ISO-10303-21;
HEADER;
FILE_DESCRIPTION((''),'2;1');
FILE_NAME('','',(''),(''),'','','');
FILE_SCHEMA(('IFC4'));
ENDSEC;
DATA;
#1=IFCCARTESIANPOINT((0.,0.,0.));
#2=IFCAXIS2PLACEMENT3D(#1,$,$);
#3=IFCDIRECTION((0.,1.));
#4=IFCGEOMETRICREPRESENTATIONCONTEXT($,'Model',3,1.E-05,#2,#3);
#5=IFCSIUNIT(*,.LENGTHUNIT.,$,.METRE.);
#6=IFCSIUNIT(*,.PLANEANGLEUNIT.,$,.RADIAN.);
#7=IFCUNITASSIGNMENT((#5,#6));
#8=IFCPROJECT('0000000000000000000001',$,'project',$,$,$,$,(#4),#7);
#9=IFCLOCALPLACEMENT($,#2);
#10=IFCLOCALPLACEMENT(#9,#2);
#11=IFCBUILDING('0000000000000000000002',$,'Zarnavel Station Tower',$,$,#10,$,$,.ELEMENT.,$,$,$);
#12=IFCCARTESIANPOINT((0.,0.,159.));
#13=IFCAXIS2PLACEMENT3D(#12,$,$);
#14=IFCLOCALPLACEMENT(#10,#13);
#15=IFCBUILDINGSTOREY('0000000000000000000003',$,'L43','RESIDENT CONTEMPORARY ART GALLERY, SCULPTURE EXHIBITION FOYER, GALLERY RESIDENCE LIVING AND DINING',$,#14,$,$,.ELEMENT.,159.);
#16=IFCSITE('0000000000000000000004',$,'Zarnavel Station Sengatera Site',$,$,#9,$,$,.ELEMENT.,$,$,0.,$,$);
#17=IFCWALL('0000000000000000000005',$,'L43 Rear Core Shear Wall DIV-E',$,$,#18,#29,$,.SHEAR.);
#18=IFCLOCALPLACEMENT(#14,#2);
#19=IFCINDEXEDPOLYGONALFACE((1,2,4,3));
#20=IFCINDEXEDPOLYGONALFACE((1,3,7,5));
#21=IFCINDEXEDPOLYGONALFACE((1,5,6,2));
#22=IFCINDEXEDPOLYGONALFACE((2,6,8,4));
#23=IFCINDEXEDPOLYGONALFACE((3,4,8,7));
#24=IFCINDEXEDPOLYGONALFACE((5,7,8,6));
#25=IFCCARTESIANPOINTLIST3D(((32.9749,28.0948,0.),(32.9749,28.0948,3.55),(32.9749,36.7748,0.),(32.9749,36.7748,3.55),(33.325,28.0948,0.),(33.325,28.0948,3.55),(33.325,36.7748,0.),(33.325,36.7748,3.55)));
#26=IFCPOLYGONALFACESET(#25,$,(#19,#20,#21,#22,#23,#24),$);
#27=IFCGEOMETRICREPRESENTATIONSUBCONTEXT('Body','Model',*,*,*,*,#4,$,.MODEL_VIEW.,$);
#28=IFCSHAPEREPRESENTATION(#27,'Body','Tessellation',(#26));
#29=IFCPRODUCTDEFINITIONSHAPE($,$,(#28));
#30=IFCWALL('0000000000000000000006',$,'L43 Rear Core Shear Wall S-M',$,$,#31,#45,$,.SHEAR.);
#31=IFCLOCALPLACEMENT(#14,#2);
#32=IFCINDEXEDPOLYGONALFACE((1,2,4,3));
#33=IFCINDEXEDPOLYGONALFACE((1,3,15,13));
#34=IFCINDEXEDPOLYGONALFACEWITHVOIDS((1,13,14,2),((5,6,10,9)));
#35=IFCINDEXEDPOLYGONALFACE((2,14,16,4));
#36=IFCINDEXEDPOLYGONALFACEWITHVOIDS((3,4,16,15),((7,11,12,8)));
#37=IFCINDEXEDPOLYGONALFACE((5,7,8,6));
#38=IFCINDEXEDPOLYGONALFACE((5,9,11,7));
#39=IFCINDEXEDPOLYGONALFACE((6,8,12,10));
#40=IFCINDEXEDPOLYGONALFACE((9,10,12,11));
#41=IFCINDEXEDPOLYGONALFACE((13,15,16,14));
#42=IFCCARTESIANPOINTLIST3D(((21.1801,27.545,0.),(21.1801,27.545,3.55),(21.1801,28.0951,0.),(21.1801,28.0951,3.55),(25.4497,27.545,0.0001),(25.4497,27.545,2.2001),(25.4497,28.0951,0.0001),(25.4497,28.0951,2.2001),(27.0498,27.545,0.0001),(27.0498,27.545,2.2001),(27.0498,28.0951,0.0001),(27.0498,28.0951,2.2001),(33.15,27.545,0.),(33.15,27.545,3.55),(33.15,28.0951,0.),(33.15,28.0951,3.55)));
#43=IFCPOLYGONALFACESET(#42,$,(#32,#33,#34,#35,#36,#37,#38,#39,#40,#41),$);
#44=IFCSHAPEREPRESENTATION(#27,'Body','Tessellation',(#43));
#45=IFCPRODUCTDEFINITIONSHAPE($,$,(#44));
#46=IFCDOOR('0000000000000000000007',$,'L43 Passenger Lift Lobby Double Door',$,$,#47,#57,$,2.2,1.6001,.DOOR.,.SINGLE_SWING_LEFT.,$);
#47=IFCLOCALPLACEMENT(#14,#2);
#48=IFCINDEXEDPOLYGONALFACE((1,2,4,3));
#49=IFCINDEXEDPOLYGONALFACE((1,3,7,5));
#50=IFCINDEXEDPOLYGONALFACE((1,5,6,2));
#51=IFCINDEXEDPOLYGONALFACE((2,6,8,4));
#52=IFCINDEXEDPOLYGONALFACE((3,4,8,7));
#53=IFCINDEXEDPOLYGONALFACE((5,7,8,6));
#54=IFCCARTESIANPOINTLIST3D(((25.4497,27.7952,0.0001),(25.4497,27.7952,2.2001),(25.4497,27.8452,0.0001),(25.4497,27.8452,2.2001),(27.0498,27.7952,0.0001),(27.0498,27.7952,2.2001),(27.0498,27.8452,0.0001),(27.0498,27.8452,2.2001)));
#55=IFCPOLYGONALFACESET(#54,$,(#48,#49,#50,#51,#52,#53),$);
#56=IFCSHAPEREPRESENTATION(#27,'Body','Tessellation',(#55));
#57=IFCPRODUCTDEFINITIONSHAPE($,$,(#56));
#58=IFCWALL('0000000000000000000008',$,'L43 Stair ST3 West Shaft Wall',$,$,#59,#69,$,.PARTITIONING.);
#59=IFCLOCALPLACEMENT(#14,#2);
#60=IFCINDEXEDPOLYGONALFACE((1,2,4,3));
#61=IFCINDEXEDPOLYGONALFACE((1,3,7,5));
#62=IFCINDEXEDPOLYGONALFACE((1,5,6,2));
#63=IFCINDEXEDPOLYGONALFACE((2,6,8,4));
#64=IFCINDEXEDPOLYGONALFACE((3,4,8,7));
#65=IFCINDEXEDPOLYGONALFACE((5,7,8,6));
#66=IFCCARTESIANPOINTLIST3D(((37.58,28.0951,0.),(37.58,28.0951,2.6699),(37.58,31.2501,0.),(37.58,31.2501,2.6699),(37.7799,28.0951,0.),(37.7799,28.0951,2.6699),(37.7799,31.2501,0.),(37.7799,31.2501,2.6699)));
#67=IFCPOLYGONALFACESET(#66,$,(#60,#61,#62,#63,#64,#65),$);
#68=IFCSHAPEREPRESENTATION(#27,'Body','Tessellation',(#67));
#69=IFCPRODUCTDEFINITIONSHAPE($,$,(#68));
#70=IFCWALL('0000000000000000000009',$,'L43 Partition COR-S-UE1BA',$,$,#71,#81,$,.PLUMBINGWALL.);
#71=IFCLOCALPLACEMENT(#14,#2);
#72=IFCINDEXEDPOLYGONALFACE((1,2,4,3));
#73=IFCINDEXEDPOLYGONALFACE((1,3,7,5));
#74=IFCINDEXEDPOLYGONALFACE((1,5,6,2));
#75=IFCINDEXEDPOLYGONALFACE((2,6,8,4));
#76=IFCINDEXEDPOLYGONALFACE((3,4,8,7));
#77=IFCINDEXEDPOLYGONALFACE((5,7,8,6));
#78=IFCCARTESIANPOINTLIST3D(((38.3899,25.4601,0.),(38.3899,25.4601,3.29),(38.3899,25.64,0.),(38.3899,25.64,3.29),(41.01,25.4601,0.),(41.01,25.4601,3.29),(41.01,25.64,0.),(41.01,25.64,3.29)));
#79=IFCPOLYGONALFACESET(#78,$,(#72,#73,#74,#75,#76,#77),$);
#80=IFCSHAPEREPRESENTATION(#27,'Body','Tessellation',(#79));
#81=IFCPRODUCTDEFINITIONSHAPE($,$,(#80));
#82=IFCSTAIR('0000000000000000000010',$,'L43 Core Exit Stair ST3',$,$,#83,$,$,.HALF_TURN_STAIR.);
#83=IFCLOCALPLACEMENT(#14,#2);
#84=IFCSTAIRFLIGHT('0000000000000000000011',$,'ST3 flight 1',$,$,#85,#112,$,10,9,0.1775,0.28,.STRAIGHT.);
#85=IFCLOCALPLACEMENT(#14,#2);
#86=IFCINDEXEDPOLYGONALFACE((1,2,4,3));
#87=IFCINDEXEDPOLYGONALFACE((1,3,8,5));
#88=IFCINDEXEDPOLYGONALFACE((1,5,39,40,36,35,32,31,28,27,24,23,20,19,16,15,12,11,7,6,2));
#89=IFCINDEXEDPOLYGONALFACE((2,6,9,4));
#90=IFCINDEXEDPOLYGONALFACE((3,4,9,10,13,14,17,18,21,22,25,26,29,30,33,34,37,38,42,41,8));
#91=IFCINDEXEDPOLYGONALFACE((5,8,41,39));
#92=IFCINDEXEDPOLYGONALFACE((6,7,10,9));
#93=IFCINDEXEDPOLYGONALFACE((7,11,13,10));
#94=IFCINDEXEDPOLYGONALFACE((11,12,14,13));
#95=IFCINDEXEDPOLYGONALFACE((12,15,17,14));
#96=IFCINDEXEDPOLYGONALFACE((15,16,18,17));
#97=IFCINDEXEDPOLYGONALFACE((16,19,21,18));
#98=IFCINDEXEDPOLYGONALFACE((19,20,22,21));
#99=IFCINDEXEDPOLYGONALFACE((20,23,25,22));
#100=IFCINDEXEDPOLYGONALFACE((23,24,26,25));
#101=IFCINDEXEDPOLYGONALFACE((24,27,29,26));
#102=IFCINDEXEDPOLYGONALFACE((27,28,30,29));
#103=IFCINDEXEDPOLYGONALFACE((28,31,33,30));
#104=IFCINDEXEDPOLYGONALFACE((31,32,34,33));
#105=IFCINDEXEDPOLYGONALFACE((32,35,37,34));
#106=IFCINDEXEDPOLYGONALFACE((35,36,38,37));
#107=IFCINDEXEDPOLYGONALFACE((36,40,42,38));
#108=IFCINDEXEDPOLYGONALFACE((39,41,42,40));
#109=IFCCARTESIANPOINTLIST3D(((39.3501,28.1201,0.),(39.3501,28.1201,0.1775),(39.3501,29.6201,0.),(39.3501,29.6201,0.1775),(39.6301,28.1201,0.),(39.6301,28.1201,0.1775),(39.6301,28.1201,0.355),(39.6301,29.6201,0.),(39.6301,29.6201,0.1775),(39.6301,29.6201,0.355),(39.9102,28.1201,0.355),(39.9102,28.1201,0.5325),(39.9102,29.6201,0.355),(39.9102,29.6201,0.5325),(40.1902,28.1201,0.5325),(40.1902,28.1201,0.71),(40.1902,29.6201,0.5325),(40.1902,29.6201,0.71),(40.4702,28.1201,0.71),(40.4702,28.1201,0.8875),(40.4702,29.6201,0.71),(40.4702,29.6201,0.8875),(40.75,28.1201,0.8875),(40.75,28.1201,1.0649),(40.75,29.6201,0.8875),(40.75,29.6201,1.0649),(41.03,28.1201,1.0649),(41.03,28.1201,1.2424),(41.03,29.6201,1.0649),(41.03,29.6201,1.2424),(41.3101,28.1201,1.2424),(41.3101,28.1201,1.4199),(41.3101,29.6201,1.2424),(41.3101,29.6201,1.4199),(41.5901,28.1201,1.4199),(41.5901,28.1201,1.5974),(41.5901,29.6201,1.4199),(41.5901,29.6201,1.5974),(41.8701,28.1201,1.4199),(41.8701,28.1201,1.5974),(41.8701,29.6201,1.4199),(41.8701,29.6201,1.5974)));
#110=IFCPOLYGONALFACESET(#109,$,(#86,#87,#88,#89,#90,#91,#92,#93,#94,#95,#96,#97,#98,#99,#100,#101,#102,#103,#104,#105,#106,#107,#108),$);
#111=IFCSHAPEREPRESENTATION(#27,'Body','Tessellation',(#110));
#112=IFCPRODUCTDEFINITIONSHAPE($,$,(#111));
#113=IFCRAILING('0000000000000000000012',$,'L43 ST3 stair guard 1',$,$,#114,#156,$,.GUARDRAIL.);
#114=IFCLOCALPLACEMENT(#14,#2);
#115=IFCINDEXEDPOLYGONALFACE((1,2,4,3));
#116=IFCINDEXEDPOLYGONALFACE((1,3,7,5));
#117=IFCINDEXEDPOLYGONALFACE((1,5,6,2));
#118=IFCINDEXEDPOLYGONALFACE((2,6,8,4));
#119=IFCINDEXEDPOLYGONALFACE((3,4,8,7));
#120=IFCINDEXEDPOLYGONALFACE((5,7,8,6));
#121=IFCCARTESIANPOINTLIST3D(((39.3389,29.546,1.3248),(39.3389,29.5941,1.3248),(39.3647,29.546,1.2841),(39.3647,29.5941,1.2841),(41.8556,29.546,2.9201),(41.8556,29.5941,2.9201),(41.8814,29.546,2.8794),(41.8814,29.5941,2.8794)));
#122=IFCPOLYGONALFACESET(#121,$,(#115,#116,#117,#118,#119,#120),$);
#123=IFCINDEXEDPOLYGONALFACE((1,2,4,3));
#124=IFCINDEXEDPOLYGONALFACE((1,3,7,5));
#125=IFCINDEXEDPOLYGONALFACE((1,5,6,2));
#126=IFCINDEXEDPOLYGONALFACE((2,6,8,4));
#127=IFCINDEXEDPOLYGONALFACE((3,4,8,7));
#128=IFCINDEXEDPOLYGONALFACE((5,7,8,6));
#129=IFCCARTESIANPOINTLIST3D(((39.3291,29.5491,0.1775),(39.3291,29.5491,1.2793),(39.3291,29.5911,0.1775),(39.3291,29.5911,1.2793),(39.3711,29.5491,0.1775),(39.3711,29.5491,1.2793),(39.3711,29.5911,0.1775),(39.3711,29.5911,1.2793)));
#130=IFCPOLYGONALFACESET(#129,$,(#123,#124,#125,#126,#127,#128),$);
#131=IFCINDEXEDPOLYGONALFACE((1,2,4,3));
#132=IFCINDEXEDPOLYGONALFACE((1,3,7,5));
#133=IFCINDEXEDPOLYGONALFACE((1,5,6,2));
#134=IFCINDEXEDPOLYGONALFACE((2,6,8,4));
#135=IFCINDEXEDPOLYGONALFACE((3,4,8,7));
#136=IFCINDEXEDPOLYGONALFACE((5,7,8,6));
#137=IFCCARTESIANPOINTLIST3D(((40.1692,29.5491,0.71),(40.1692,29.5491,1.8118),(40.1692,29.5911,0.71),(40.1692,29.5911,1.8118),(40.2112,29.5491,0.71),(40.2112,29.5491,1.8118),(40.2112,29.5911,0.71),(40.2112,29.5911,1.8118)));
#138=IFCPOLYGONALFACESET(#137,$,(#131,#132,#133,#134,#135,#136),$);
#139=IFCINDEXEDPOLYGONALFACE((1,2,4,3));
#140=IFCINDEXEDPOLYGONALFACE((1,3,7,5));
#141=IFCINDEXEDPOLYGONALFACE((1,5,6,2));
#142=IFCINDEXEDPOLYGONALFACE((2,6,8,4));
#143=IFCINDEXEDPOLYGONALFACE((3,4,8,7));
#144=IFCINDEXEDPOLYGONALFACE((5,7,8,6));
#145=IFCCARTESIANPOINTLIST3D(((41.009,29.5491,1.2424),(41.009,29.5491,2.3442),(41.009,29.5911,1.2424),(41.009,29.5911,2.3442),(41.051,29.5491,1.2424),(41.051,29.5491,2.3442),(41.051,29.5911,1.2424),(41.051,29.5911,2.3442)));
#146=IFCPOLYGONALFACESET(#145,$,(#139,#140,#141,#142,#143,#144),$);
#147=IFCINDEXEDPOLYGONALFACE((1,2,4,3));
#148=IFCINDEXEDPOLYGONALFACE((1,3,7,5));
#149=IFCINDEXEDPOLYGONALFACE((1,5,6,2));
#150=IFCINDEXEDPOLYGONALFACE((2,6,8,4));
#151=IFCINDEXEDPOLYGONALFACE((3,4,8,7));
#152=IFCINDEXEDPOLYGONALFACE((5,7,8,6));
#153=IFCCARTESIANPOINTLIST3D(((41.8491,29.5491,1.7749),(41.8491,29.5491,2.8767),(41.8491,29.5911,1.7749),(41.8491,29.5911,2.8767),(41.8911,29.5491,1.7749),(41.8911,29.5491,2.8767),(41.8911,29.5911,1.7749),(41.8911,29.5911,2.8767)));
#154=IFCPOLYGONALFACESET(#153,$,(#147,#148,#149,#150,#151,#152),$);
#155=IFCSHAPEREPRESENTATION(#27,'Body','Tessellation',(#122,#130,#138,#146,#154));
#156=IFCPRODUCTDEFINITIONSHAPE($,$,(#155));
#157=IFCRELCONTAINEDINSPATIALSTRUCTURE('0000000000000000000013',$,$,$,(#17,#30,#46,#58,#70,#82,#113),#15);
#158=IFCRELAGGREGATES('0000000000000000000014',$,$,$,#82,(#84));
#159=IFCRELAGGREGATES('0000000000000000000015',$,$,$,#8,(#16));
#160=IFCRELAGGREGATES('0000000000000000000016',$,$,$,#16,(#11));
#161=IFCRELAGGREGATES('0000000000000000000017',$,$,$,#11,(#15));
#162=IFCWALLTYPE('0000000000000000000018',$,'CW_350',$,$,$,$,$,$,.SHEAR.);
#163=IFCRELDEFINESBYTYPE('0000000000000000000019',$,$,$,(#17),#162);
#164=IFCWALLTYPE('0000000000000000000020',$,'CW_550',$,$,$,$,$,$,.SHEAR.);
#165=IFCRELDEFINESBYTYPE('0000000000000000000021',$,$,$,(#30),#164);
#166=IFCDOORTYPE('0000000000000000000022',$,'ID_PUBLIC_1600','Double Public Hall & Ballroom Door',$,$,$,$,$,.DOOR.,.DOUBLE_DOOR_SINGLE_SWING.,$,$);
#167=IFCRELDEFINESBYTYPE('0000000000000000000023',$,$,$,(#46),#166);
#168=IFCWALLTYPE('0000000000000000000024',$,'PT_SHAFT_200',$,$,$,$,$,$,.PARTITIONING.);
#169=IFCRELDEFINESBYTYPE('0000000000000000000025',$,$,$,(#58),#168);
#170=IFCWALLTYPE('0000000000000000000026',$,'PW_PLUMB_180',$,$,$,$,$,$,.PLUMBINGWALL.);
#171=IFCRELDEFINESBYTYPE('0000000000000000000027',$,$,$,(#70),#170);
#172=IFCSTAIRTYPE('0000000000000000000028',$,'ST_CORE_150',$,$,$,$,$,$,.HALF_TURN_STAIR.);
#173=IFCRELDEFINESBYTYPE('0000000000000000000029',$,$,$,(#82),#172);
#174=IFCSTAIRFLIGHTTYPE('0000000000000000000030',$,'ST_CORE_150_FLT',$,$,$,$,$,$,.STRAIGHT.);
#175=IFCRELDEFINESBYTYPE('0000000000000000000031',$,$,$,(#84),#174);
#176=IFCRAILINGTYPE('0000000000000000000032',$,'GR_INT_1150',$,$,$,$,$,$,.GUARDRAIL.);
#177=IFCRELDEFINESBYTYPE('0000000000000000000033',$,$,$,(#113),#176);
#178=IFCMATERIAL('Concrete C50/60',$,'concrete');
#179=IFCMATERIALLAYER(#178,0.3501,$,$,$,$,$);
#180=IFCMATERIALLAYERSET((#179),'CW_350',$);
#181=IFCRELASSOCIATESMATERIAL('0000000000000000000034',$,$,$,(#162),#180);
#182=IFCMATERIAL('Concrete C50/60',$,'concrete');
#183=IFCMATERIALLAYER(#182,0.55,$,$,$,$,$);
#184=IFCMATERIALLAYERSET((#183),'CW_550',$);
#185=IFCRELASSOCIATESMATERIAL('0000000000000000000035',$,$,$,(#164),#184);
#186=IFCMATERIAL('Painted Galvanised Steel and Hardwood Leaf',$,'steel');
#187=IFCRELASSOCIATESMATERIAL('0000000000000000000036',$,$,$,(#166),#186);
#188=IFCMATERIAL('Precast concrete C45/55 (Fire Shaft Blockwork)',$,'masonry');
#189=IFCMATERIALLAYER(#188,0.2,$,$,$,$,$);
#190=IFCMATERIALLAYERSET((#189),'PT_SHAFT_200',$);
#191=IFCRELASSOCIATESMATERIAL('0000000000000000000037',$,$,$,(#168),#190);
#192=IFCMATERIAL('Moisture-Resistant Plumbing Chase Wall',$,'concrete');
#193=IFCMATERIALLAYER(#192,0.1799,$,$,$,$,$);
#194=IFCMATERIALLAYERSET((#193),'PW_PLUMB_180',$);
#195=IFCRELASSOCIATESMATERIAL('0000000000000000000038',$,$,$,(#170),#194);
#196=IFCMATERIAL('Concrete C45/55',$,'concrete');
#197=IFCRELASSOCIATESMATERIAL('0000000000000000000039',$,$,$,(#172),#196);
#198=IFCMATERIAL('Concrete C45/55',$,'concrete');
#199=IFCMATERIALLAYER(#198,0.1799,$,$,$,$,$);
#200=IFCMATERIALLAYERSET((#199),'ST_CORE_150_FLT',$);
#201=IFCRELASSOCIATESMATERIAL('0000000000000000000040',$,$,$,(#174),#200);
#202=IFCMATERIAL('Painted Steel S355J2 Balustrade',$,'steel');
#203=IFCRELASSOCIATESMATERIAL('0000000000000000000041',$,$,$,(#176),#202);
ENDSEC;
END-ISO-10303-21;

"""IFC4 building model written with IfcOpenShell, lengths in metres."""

from ifc_helpers import new_model, si_unit, direction, frame, frame_2d, origin, origin_2d, place, context, subcontext, project, spatial, polyline, rectangle, outline, extrude, material, layer, layer_set, type_object, element, fill, aggregate, save


model = new_model("IFC4")

# Units and contexts
model_context = context("Model", 3, precision=1e-05, world=origin(), true_north=direction((0.0, 1.0)))
body_context = subcontext(model_context, "Body", "Model", "MODEL_VIEW")
ifc_project = project(units=[si_unit("LENGTHUNIT", "METRE"), si_unit("PLANEANGLEUNIT", "RADIAN")], contexts=[model_context])

# Site, building, storey
site_placement = place(None, origin())
site = spatial("IfcSite", under=ifc_project, at=site_placement, Name="Zarnavel Station Sengatera Site", CompositionType="ELEMENT", RefElevation=0.0)
building_placement = place(site_placement, origin())
building = spatial("IfcBuilding", under=site, at=building_placement, Name="Zarnavel Station Tower", CompositionType="ELEMENT")
storey_placement = place(building_placement, frame((0.0, 0.0, 159.0)))
storey = spatial("IfcBuildingStorey", under=building, at=storey_placement, Name="L43", Description="RESIDENT CONTEMPORARY ART GALLERY, SCULPTURE EXHIBITION FOYER, GALLERY RESIDENCE LIVING AND DINING", CompositionType="ELEMENT", Elevation=159.0)

# Wall
ifc_material_1 = material(Name="Concrete C50/60", Category="concrete")
ifc_layer_1 = layer(ifc_material_1, 0.3501)
ifc_layer_set_1 = layer_set([ifc_layer_1], Name="CW_350")
wall_type_1 = type_object("IfcWallType", Name="CW_350", PredefinedType="SHEAR", material=ifc_layer_set_1)
wall_1_placement = place(storey_placement, frame((33.1499, 28.095, 0.0), z_axis=(0.0, 0.0, 1.0), x_axis=(0.0, 1.0, 0.0)))
element("IfcWall", 1, at=wall_1_placement, inside=storey, type_object=wall_type_1, Name="L43 Rear Core Shear Wall DIV-E", PredefinedType="SHEAR", context=body_context, shape_type="SweptSolid", body=[
    extrude(rectangle(XDim=8.6799, YDim=0.3501, at=frame_2d((4.3398, 0.0))), origin(), (0.0, 0.0, 1.0), 3.55),
])

# Wall, opening, door
ifc_material_2 = material(Name="Concrete C50/60", Category="concrete")
ifc_layer_2 = layer(ifc_material_2, 0.55)
ifc_layer_set_2 = layer_set([ifc_layer_2], Name="CW_550")
wall_type_2 = type_object("IfcWallType", Name="CW_550", PredefinedType="SHEAR", material=ifc_layer_set_2)
wall_2_placement = place(storey_placement, frame((33.1499, 27.8201, 0.0), z_axis=(0.0, 0.0, 1.0), x_axis=(-1.0, 0.0, 0.0)))
wall_2 = element("IfcWall", 2, at=wall_2_placement, inside=storey, type_object=wall_type_2, Name="L43 Rear Core Shear Wall S-M", PredefinedType="SHEAR", context=body_context, shape_type="SweptSolid", body=[
    extrude(rectangle(XDim=11.97, YDim=0.55, at=frame_2d((5.9849, 0.0))), origin(), (0.0, 0.0, 1.0), 3.55),
])
opening_1_placement = place(wall_2_placement, frame((6.1001, 0.0, 0.0)))
opening_1 = element("IfcOpeningElement", 3, at=opening_1_placement, cuts=wall_2, PredefinedType="OPENING", context=body_context, shape_type="SweptSolid", body=[
    extrude(rectangle(XDim=1.6001, YDim=2.2, at=frame_2d((0.8, 1.1001))), frame((0.0, 0.2849, 0.0), z_axis=(0.0, -1.0, 0.0), x_axis=(1.0, 0.0, 0.0)), (0.0, 0.0, 1.0), 0.5701),
])
ifc_material_3 = material(Name="Painted Galvanised Steel and Hardwood Leaf", Category="steel")
door_type_1 = type_object("IfcDoorType", Name="ID_PUBLIC_1600", Description="Double Public Hall & Ballroom Door", OperationType="DOUBLE_DOOR_SINGLE_SWING", PredefinedType="DOOR", material=ifc_material_3)
door_1_placement = place(opening_1_placement, origin())
door_1 = element("IfcDoor", 4, at=door_1_placement, inside=storey, type_object=door_type_1, Name="L43 Passenger Lift Lobby Double Door", OperationType="SINGLE_SWING_LEFT", OverallHeight=2.2, OverallWidth=1.6001, PredefinedType="DOOR", context=body_context, shape_type="SweptSolid", body=[
    extrude(rectangle(XDim=1.6001, YDim=2.2, at=frame_2d((0.8, 1.1001))), frame((0.0, 0.0249, 0.0), z_axis=(0.0, -1.0, 0.0), x_axis=(1.0, 0.0, 0.0)), (0.0, 0.0, 1.0), 0.05),
])
fill(opening_1, door_1)

# Walls
ifc_material_4 = material(Name="Precast concrete C45/55 (Fire Shaft Blockwork)", Category="masonry")
ifc_layer_3 = layer(ifc_material_4, 0.2)
ifc_layer_set_3 = layer_set([ifc_layer_3], Name="PT_SHAFT_200")
wall_type_3 = type_object("IfcWallType", Name="PT_SHAFT_200", PredefinedType="PARTITIONING", material=ifc_layer_set_3)
wall_3_placement = place(storey_placement, frame((37.6799, 28.095, 0.0), z_axis=(0.0, 0.0, 1.0), x_axis=(0.0, 1.0, 0.0)))
element("IfcWall", 5, at=wall_3_placement, inside=storey, type_object=wall_type_3, Name="L43 Stair ST3 West Shaft Wall", PredefinedType="PARTITIONING", context=body_context, shape_type="SweptSolid", body=[
    extrude(rectangle(XDim=3.155, YDim=0.2, at=frame_2d((1.5776, 0.0))), origin(), (0.0, 0.0, 1.0), 2.6699),
])
ifc_material_5 = material(Name="Moisture-Resistant Plumbing Chase Wall", Category="concrete")
ifc_layer_4 = layer(ifc_material_5, 0.1799)
ifc_layer_set_4 = layer_set([ifc_layer_4], Name="PW_PLUMB_180")
wall_type_4 = type_object("IfcWallType", Name="PW_PLUMB_180", PredefinedType="PLUMBINGWALL", material=ifc_layer_set_4)
wall_4_placement = place(storey_placement, frame((38.3899, 25.55, 0.0), z_axis=(0.0, 0.0, 1.0), x_axis=(1.0, 0.0, 0.0)))
element("IfcWall", 6, at=wall_4_placement, inside=storey, type_object=wall_type_4, Name="L43 Partition COR-S-UE1BA", PredefinedType="PLUMBINGWALL", context=body_context, shape_type="SweptSolid", body=[
    extrude(rectangle(XDim=2.6201, YDim=0.1799, at=frame_2d((1.3101, 0.0))), origin(), (0.0, 0.0, 1.0), 3.29),
])

# Stair, stair flight
ifc_material_6 = material(Name="Concrete C45/55", Category="concrete")
stair_type = type_object("IfcStairType", Name="ST_CORE_150", PredefinedType="HALF_TURN_STAIR", material=ifc_material_6)
stair_placement = place(storey_placement, origin())
stair = element("IfcStair", 7, at=stair_placement, inside=storey, type_object=stair_type, Name="L43 Core Exit Stair ST3", PredefinedType="HALF_TURN_STAIR")
ifc_material_7 = material(Name="Concrete C45/55", Category="concrete")
ifc_layer_5 = layer(ifc_material_7, 0.1799)
ifc_layer_set_5 = layer_set([ifc_layer_5], Name="ST_CORE_150_FLT")
stair_flight_type = type_object("IfcStairFlightType", Name="ST_CORE_150_FLT", PredefinedType="STRAIGHT", material=ifc_layer_set_5)
stair_flight_placement = place(storey_placement, frame((39.3501, 28.8701, 0.0), z_axis=(0.0, 0.0, 1.0), x_axis=(1.0, 0.0, 0.0)))
stair_flight = element("IfcStairFlight", 8, at=stair_flight_placement, type_object=stair_flight_type, Name="ST3 flight 1", NumberOfRisers=10, NumberOfTreads=9, PredefinedType="STRAIGHT", RiserHeight=0.1775, TreadLength=0.28, context=body_context, shape_type="SweptSolid", body=[
    extrude(outline(polyline([(0.0, 0.0), (0.0, 0.1775), (0.28, 0.1775), (0.28, 0.355), (0.5601, 0.355), (0.5601, 0.5325), (0.8401, 0.5325), (0.8401, 0.71), (1.1201, 0.71), (1.1201, 0.8875), (1.3999, 0.8875), (1.3999, 1.0649), (1.6799, 1.0649), (1.6799, 1.2424), (1.96, 1.2424), (1.96, 1.4199), (2.24, 1.4199), (2.24, 1.5974), (2.52, 1.5974), (2.52, 1.7749), (2.52, 1.4199), (0.28, 0.0), (0.0, 0.0)])), frame((0.0, 0.75, 0.0), z_axis=(0.0, -1.0, 0.0), x_axis=(1.0, 0.0, 0.0)), (0.0, 0.0, 1.0), 1.5),
])
aggregate(stair, [stair_flight])

# Railing
ifc_material_8 = material(Name="Painted Steel S355J2 Balustrade", Category="steel")
railing_type_1 = type_object("IfcRailingType", Name="GR_INT_1150", PredefinedType="GUARDRAIL", material=ifc_material_8)
railing_1_placement = place(storey_placement, frame((39.3501, 29.5701, 0.1775)))
element("IfcRailing", 9, at=railing_1_placement, inside=storey, type_object=railing_type_1, Name="L43 ST3 stair guard 1", PredefinedType="GUARDRAIL", context=body_context, shape_type="SweptSolid", body=[
    extrude(rectangle(XDim=0.0481, YDim=0.0481, at=origin_2d()), frame((0.0017, 0.0, 1.127), z_axis=(0.844607, 0.0, 0.535387), x_axis=(0.0, 1.0, 0.0)), (0.0, 0.0, 1.0), 2.9797),
    extrude(rectangle(XDim=0.042, YDim=0.042, at=origin_2d()), origin(), (0.0, 0.0, 1.0), 1.1018),
    extrude(rectangle(XDim=0.042, YDim=0.042, at=origin_2d()), frame((0.8401, 0.0, 0.5325)), (0.0, 0.0, 1.0), 1.1018),
    extrude(rectangle(XDim=0.042, YDim=0.042, at=origin_2d()), frame((1.6799, 0.0, 1.0649)), (0.0, 0.0, 1.0), 1.1018),
    extrude(rectangle(XDim=0.042, YDim=0.042, at=origin_2d()), frame((2.52, 0.0, 1.5974)), (0.0, 0.0, 1.0), 1.1018),
])

save(model, "model.ifc")
